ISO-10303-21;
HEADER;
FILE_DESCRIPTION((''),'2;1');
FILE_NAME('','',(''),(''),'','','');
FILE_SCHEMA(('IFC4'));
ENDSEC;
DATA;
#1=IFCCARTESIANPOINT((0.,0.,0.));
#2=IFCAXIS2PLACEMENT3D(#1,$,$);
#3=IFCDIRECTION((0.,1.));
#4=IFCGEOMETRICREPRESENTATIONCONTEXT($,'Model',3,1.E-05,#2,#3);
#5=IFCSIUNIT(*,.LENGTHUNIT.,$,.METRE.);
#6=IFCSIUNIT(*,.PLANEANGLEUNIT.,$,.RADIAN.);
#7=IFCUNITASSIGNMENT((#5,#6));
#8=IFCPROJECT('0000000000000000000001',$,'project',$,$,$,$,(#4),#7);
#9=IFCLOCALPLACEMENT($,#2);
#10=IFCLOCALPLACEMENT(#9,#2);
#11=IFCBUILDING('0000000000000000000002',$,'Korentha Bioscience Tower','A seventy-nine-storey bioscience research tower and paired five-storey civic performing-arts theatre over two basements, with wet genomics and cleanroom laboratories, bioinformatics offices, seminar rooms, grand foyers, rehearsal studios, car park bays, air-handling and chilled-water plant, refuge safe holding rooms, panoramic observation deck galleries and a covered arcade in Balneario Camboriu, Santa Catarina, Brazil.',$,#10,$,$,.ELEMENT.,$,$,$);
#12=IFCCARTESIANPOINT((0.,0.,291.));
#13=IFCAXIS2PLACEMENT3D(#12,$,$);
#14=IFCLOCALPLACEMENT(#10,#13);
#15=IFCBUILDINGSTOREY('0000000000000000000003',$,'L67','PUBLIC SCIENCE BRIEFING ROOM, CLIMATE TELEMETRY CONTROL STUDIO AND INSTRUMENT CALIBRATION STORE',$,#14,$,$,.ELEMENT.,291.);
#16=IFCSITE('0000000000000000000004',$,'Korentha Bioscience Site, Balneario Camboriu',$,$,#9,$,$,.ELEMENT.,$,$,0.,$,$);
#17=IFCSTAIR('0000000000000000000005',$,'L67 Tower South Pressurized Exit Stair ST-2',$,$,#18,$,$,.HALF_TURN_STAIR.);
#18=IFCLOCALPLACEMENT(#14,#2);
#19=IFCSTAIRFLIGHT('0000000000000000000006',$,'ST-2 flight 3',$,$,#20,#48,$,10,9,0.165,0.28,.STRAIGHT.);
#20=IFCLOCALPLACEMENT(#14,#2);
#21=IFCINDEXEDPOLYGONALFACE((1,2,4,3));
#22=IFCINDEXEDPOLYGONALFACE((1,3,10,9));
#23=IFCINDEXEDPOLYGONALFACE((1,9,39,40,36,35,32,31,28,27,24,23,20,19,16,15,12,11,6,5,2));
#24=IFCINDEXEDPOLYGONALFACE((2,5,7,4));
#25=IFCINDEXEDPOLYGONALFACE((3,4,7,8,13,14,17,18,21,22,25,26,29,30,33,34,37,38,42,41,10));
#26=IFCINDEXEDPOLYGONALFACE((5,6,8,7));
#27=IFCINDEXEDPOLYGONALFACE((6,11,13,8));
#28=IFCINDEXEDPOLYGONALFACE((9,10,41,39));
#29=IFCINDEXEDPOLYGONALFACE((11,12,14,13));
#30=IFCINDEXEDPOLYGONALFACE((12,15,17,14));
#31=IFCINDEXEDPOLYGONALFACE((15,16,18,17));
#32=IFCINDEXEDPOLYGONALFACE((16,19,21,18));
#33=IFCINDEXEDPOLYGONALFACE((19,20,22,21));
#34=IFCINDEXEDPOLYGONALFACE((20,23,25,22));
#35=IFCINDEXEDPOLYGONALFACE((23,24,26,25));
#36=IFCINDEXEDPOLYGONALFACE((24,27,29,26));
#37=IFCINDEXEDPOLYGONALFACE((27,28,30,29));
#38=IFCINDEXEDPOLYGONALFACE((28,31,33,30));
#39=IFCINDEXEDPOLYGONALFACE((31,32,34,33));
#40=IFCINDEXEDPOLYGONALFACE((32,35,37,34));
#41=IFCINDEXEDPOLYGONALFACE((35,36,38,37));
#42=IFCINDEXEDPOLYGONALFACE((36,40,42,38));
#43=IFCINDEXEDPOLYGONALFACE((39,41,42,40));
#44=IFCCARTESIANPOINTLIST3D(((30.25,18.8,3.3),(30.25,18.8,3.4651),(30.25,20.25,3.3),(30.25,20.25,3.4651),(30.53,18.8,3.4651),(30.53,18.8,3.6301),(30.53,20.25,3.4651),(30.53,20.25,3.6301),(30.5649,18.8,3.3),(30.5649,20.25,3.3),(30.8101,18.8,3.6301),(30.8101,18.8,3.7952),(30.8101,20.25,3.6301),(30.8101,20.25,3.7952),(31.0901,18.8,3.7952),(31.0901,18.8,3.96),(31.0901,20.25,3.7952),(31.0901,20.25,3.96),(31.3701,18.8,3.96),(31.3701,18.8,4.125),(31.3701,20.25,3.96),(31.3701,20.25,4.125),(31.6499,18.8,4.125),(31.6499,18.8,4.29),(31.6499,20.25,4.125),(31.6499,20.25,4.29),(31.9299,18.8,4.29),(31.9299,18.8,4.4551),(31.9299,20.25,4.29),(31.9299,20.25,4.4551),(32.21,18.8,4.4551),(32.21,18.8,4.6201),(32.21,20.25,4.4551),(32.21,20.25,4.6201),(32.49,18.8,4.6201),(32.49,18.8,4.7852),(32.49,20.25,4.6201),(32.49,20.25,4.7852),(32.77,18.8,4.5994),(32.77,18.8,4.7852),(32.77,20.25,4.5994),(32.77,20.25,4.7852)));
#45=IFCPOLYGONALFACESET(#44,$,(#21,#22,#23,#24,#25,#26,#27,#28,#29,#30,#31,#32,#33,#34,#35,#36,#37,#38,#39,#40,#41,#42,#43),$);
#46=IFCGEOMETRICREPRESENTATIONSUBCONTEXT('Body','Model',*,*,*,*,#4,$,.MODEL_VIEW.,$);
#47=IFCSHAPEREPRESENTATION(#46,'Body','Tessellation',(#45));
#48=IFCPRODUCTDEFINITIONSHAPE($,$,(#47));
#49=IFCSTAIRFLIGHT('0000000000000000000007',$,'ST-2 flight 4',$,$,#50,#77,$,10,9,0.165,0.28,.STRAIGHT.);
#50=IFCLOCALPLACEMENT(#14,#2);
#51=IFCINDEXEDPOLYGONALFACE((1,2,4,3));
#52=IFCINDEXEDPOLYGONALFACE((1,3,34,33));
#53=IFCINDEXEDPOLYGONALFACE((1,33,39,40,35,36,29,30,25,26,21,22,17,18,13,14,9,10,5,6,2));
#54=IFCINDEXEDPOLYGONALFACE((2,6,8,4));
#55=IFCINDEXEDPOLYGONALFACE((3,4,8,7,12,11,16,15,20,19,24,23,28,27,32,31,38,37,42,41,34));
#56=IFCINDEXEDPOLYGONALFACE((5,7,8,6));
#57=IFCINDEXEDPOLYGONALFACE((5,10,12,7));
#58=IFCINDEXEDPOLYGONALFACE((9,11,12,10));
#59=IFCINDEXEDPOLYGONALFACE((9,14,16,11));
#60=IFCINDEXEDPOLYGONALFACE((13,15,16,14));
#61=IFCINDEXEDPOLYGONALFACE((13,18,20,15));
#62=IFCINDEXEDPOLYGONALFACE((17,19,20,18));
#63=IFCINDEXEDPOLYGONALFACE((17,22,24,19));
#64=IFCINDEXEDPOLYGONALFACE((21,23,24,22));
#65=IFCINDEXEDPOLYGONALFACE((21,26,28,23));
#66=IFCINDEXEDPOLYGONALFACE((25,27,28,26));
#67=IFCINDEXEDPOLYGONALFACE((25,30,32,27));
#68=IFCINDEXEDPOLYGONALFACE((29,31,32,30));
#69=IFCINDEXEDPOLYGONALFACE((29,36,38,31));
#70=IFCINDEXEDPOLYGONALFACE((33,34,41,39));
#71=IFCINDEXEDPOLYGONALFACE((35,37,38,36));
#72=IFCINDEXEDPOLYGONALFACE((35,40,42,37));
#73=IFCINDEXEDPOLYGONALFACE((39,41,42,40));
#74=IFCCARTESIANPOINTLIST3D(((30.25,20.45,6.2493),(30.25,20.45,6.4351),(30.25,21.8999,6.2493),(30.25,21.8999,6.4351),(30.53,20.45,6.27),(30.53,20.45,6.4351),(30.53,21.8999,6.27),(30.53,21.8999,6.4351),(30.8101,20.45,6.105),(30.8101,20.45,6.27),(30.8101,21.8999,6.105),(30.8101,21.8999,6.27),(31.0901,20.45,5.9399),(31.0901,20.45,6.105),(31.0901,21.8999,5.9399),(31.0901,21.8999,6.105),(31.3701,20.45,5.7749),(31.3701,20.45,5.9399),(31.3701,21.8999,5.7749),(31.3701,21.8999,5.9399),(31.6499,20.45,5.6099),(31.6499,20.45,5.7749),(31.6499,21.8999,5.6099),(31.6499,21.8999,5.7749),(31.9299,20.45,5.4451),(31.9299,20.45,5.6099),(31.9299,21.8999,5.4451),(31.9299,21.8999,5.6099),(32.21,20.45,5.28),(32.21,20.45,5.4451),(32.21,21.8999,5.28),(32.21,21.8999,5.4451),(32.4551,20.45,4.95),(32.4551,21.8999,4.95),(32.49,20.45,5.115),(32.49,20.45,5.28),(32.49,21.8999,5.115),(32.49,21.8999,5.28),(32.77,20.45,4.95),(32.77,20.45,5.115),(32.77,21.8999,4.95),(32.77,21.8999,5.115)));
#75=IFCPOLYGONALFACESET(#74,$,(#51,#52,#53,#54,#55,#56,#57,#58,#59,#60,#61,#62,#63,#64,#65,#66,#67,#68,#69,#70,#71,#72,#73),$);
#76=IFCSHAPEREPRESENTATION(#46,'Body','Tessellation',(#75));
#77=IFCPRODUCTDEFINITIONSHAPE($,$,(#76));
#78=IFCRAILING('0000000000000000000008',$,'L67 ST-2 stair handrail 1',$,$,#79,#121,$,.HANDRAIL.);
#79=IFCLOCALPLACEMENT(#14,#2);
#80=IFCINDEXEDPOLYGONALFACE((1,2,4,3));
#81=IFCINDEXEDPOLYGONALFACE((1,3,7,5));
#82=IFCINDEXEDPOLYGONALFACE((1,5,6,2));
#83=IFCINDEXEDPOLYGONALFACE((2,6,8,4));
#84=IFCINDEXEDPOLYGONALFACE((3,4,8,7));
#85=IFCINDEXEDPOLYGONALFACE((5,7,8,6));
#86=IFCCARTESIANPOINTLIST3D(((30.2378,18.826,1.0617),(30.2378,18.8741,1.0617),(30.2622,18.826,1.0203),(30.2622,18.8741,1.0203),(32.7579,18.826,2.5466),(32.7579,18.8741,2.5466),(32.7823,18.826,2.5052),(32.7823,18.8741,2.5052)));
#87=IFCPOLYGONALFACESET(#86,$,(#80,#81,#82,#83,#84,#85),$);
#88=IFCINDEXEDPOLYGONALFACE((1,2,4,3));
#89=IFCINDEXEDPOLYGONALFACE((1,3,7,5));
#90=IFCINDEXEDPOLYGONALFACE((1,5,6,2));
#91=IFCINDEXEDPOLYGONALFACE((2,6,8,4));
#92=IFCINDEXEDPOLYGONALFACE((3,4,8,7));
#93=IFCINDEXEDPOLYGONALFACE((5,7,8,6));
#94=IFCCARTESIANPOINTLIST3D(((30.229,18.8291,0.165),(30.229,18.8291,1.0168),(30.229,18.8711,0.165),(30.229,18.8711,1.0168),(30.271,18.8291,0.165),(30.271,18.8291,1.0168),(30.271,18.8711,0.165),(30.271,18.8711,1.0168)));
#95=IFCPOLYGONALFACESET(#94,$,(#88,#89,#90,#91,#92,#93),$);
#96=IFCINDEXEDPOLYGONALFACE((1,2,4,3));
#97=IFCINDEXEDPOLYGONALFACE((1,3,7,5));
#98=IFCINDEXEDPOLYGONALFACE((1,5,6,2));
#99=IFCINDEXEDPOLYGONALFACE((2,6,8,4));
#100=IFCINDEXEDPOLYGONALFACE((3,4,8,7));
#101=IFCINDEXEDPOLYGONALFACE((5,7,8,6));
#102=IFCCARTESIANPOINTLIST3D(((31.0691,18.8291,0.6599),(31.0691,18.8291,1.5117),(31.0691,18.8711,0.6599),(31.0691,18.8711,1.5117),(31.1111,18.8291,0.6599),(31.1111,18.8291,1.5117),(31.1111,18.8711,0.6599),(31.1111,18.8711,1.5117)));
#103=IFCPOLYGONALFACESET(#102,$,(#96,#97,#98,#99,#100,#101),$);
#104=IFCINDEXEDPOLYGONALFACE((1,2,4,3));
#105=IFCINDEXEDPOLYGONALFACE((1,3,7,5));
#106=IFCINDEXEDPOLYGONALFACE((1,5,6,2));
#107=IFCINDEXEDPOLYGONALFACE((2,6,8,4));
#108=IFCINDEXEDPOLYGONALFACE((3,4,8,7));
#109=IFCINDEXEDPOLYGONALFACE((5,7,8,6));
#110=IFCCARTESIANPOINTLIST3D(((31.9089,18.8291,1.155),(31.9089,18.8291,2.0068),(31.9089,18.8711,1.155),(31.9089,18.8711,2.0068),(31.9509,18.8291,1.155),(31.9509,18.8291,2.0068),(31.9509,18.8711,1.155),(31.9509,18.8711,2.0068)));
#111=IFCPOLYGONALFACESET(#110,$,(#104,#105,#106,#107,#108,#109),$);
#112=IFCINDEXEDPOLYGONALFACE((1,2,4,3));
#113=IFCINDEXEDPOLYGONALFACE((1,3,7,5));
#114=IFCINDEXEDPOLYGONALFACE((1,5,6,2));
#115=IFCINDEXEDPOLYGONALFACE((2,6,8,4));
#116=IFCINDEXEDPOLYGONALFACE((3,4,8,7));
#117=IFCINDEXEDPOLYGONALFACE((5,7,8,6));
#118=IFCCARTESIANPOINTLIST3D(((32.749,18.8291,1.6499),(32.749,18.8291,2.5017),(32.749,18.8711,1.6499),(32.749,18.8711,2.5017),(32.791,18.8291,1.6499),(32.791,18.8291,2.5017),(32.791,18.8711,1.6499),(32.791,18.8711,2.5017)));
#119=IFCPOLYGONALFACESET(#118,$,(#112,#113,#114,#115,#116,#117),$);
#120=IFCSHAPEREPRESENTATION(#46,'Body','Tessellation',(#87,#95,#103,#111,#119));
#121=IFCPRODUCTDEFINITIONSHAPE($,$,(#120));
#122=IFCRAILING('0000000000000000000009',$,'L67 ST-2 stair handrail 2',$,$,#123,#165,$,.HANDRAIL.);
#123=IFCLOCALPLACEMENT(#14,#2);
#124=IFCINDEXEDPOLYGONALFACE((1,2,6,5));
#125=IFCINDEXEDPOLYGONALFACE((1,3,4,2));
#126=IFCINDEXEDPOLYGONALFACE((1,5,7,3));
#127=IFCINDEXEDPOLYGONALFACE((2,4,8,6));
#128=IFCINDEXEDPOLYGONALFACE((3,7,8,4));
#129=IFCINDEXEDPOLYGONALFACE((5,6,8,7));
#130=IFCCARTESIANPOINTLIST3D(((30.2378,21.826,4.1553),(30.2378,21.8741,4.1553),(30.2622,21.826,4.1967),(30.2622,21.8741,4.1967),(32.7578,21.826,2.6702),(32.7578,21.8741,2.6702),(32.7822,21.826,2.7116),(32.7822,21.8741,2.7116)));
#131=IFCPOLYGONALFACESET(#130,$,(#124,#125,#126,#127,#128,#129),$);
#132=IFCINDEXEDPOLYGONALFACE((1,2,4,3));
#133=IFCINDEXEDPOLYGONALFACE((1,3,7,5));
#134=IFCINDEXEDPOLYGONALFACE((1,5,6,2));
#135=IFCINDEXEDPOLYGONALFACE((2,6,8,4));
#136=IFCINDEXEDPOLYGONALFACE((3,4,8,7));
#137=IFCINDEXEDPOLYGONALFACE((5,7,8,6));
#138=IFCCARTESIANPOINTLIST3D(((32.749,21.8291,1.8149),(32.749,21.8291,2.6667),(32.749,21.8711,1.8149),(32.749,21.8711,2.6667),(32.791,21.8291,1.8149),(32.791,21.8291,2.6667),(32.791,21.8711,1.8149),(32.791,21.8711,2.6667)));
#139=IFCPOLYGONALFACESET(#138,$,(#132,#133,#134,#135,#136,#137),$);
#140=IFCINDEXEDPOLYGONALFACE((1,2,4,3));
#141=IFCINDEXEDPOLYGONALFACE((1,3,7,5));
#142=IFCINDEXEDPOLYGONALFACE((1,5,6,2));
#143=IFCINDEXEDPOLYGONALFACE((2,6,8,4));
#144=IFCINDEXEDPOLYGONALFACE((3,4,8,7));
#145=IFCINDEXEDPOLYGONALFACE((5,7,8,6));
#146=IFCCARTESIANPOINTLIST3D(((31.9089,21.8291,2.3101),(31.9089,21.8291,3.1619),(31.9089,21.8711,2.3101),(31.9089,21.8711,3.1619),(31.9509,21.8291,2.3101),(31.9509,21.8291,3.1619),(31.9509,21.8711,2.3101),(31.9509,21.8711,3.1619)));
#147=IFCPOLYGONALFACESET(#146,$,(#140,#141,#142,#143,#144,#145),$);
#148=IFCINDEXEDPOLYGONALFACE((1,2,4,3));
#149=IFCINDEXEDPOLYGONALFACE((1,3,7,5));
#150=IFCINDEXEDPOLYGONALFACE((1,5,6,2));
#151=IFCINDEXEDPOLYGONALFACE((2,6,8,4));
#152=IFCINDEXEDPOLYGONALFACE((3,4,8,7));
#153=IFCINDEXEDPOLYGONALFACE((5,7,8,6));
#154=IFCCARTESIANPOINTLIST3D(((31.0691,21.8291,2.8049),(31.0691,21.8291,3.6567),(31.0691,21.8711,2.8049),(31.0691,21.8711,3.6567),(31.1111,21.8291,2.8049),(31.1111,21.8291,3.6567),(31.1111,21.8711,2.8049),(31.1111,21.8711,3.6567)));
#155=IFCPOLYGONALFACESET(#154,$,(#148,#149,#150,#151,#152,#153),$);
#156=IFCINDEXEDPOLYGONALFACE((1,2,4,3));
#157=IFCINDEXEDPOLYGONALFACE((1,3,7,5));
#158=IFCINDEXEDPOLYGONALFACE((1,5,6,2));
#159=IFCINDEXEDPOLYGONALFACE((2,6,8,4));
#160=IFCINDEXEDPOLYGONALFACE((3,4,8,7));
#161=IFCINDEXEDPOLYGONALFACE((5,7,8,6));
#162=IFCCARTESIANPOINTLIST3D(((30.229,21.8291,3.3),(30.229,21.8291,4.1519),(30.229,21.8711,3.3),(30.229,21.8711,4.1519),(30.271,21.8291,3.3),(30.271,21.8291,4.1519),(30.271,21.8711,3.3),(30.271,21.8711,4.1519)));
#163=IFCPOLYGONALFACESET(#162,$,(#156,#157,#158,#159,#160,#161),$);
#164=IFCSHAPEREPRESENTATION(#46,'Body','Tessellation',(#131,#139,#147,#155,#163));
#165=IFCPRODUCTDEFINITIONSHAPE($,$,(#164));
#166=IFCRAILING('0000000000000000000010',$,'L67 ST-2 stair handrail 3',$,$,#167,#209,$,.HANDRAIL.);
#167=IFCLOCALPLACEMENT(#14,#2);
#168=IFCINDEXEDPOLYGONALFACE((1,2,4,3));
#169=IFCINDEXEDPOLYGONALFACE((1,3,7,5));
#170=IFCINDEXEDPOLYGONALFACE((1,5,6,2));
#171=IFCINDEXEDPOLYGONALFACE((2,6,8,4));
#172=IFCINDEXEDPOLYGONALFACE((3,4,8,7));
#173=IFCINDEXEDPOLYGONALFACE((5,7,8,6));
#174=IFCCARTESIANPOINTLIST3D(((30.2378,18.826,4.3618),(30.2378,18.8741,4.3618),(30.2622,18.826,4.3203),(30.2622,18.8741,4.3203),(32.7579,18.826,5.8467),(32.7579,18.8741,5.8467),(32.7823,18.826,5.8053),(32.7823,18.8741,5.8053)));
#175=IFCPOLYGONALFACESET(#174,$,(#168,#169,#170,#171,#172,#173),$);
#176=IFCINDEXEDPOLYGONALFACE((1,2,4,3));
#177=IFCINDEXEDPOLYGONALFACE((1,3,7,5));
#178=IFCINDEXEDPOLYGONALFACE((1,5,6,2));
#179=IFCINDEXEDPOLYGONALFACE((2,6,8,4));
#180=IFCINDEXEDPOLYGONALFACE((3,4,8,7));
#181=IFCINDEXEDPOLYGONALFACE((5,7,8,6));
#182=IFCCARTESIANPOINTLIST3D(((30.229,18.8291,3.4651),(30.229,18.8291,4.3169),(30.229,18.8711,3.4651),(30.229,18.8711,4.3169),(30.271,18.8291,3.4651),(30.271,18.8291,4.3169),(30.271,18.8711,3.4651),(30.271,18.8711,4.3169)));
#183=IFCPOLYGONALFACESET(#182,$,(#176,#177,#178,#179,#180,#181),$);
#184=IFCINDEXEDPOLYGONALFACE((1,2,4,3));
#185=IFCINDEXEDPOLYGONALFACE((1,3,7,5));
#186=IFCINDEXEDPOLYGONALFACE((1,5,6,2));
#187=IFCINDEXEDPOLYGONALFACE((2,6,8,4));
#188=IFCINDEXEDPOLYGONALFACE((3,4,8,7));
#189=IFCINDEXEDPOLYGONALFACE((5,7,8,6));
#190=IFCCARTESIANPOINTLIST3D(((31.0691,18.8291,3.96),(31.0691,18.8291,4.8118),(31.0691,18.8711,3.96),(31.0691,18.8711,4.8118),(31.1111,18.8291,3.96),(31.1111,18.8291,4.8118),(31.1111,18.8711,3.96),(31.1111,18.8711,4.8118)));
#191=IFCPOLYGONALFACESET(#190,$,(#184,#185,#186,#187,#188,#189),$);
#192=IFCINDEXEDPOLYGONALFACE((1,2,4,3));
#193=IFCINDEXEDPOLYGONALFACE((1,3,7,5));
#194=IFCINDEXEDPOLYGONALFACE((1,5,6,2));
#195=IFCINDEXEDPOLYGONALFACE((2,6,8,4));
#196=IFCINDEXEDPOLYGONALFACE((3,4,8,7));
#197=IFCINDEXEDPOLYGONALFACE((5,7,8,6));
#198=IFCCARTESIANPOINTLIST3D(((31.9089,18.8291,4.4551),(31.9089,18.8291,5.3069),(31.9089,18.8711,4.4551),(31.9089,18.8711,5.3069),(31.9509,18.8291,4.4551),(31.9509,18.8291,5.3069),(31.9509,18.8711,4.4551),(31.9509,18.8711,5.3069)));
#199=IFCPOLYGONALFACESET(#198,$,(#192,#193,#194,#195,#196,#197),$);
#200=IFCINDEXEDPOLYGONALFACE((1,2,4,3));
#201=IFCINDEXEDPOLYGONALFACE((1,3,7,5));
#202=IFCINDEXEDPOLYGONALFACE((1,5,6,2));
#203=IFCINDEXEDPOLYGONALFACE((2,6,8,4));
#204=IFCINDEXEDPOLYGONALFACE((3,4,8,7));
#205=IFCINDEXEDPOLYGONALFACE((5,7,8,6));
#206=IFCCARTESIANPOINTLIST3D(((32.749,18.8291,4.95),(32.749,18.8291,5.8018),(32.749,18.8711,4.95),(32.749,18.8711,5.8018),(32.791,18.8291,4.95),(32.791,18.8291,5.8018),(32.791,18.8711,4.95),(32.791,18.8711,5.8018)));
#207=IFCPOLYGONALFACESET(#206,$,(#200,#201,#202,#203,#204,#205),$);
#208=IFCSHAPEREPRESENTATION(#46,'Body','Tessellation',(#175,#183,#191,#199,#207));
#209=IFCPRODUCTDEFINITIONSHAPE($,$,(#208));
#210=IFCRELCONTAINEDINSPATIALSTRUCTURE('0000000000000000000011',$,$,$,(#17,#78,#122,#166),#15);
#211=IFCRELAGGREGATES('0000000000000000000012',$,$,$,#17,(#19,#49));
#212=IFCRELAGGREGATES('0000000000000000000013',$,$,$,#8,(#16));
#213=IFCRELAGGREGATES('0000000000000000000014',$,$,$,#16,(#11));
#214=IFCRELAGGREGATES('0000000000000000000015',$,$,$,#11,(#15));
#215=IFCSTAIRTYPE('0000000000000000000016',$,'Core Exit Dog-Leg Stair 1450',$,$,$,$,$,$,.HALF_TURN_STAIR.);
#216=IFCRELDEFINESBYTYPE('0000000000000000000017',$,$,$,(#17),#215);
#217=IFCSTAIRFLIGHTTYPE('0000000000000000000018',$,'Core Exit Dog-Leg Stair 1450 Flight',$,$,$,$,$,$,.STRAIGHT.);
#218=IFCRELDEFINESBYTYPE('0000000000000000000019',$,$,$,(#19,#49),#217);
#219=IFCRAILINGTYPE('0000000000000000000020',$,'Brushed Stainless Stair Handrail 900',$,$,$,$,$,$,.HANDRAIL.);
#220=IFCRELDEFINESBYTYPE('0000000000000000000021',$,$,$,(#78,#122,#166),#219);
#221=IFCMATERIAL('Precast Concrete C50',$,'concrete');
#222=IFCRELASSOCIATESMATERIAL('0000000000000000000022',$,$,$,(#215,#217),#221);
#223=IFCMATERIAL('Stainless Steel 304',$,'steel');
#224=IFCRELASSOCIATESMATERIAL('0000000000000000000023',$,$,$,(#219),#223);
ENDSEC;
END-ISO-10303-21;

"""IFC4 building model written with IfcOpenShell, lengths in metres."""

from ifc_helpers import new_model, si_unit, direction, frame, origin, origin_2d, place, context, subcontext, project, spatial, polyline, rectangle, outline, extrude, material, type_object, element, aggregate, save


model = new_model("IFC4")

# Units and contexts
model_context = context("Model", 3, precision=1e-05, world=origin(), true_north=direction((0.0, 1.0)))
body_context = subcontext(model_context, "Body", "Model", "MODEL_VIEW")
ifc_project = project(units=[si_unit("LENGTHUNIT", "METRE"), si_unit("PLANEANGLEUNIT", "RADIAN")], contexts=[model_context])

# Site, building, storey
site_placement = place(None, origin())
site = spatial("IfcSite", under=ifc_project, at=site_placement, Name="Korentha Bioscience Site, Balneario Camboriu", CompositionType="ELEMENT", RefElevation=0.0)
building_placement = place(site_placement, origin())
building = spatial("IfcBuilding", under=site, at=building_placement, Name="Korentha Bioscience Tower", Description="A seventy-nine-storey bioscience research tower and paired five-storey civic performing-arts theatre over two basements, with wet genomics and cleanroom laboratories, bioinformatics offices, seminar rooms, grand foyers, rehearsal studios, car park bays, air-handling and chilled-water plant, refuge safe holding rooms, panoramic observation deck galleries and a covered arcade in Balneario Camboriu, Santa Catarina, Brazil.", CompositionType="ELEMENT")
storey_placement = place(building_placement, frame((0.0, 0.0, 291.0)))
storey = spatial("IfcBuildingStorey", under=building, at=storey_placement, Name="L67", Description="PUBLIC SCIENCE BRIEFING ROOM, CLIMATE TELEMETRY CONTROL STUDIO AND INSTRUMENT CALIBRATION STORE", CompositionType="ELEMENT", Elevation=291.0)

# Stair, stair flights
ifc_material_1 = material(Name="Precast Concrete C50", Category="concrete")
stair_type = type_object("IfcStairType", Name="Core Exit Dog-Leg Stair 1450", PredefinedType="HALF_TURN_STAIR", material=ifc_material_1)
stair_placement = place(storey_placement, origin())
stair = element("IfcStair", 1, at=stair_placement, inside=storey, type_object=stair_type, Name="L67 Tower South Pressurized Exit Stair ST-2", PredefinedType="HALF_TURN_STAIR")
stair_flight_type = type_object("IfcStairFlightType", Name="Core Exit Dog-Leg Stair 1450 Flight", PredefinedType="STRAIGHT", material=ifc_material_1)
stair_flight_1_placement = place(storey_placement, frame((30.25, 19.5249, 3.3), z_axis=(0.0, 0.0, 1.0), x_axis=(1.0, 0.0, 0.0)))
stair_flight_1 = element("IfcStairFlight", 2, at=stair_flight_1_placement, type_object=stair_flight_type, Name="ST-2 flight 3", NumberOfRisers=10, NumberOfTreads=9, PredefinedType="STRAIGHT", RiserHeight=0.165, TreadLength=0.28, context=body_context, shape_type="SweptSolid", body=[
    extrude(outline(polyline([(0.0, 0.0), (0.0, 0.165), (0.28, 0.165), (0.28, 0.3301), (0.5601, 0.3301), (0.5601, 0.4951), (0.8401, 0.4951), (0.8401, 0.6599), (1.1201, 0.6599), (1.1201, 0.825), (1.3999, 0.825), (1.3999, 0.99), (1.6799, 0.99), (1.6799, 1.155), (1.96, 1.155), (1.96, 1.3201), (2.24, 1.3201), (2.24, 1.4851), (2.52, 1.4851), (2.52, 1.6499), (2.52, 1.2993), (0.3149, 0.0), (0.0, 0.0)])), frame((0.0, 0.7251, 0.0), z_axis=(0.0, -1.0, 0.0), x_axis=(1.0, 0.0, 0.0)), (0.0, 0.0, 1.0), 1.45),
])
stair_flight_2_placement = place(storey_placement, frame((32.77, 21.175, 4.95), z_axis=(0.0, 0.0, 1.0), x_axis=(-1.0, 0.0, 0.0)))
stair_flight_2 = element("IfcStairFlight", 3, at=stair_flight_2_placement, type_object=stair_flight_type, Name="ST-2 flight 4", NumberOfRisers=10, NumberOfTreads=9, PredefinedType="STRAIGHT", RiserHeight=0.165, TreadLength=0.28, context=body_context, shape_type="SweptSolid", body=[
    extrude(outline(polyline([(0.0, 0.0), (0.0, 0.165), (0.28, 0.165), (0.28, 0.3301), (0.5601, 0.3301), (0.5601, 0.4951), (0.8401, 0.4951), (0.8401, 0.6599), (1.1201, 0.6599), (1.1201, 0.825), (1.3999, 0.825), (1.3999, 0.99), (1.6799, 0.99), (1.6799, 1.155), (1.96, 1.155), (1.96, 1.3201), (2.24, 1.3201), (2.24, 1.4851), (2.52, 1.4851), (2.52, 1.6499), (2.52, 1.2993), (0.3149, 0.0), (0.0, 0.0)])), frame((0.0, 0.7251, 0.0), z_axis=(0.0, -1.0, 0.0), x_axis=(1.0, 0.0, 0.0)), (0.0, 0.0, 1.0), 1.45),
])
aggregate(stair, [stair_flight_1, stair_flight_2])

# Railings
ifc_material_2 = material(Name="Stainless Steel 304", Category="steel")
railing_type_1 = type_object("IfcRailingType", Name="Brushed Stainless Stair Handrail 900", PredefinedType="HANDRAIL", material=ifc_material_2)
railing_1_placement = place(storey_placement, frame((30.25, 18.8501, 0.165)))
element("IfcRailing", 4, at=railing_1_placement, inside=storey, type_object=railing_type_1, Name="L67 ST-2 stair handrail 1", PredefinedType="HANDRAIL", context=body_context, shape_type="SweptSolid", body=[
    extrude(rectangle(XDim=0.0481, YDim=0.0481, at=origin_2d()), frame((0.0, 0.0, 0.876), z_axis=(0.861561, 0.0, 0.507655), x_axis=(0.0, 1.0, 0.0)), (0.0, 0.0, 1.0), 2.925),
    extrude(rectangle(XDim=0.042, YDim=0.042, at=origin_2d()), origin(), (0.0, 0.0, 1.0), 0.8518),
    extrude(rectangle(XDim=0.042, YDim=0.042, at=origin_2d()), frame((0.8401, 0.0, 0.4949)), (0.0, 0.0, 1.0), 0.8518),
    extrude(rectangle(XDim=0.042, YDim=0.042, at=origin_2d()), frame((1.6799, 0.0, 0.99)), (0.0, 0.0, 1.0), 0.8518),
    extrude(rectangle(XDim=0.042, YDim=0.042, at=origin_2d()), frame((2.52, 0.0, 1.4849)), (0.0, 0.0, 1.0), 0.8518),
])
railing_2_placement = place(storey_placement, frame((32.77, 21.8501, 1.8149)))
element("IfcRailing", 5, at=railing_2_placement, inside=storey, type_object=railing_type_1, Name="L67 ST-2 stair handrail 2", PredefinedType="HANDRAIL", context=body_context, shape_type="SweptSolid", body=[
    extrude(rectangle(XDim=0.0481, YDim=0.0481, at=origin_2d()), frame((0.0, 0.0, 0.876), z_axis=(-0.861524, 0.0, 0.507717), x_axis=(0.0, -1.0, 0.0)), (0.0, 0.0, 1.0), 2.925),
    extrude(rectangle(XDim=0.042, YDim=0.042, at=origin_2d()), origin(), (0.0, 0.0, 1.0), 0.8518),
    extrude(rectangle(XDim=0.042, YDim=0.042, at=origin_2d()), frame((-0.8401, 0.0, 0.4951)), (0.0, 0.0, 1.0), 0.8518),
    extrude(rectangle(XDim=0.042, YDim=0.042, at=origin_2d()), frame((-1.6799, 0.0, 0.99)), (0.0, 0.0, 1.0), 0.8518),
    extrude(rectangle(XDim=0.042, YDim=0.042, at=origin_2d()), frame((-2.52, 0.0, 1.4851)), (0.0, 0.0, 1.0), 0.8518),
])
railing_3_placement = place(storey_placement, frame((30.25, 18.8501, 3.4651)))
element("IfcRailing", 6, at=railing_3_placement, inside=storey, type_object=railing_type_1, Name="L67 ST-2 stair handrail 3", PredefinedType="HANDRAIL", context=body_context, shape_type="SweptSolid", body=[
    extrude(rectangle(XDim=0.0481, YDim=0.0481, at=origin_2d()), frame((0.0, 0.0, 0.876), z_axis=(0.861561, 0.0, 0.507655), x_axis=(0.0, 1.0, 0.0)), (0.0, 0.0, 1.0), 2.925),
    extrude(rectangle(XDim=0.042, YDim=0.042, at=origin_2d()), origin(), (0.0, 0.0, 1.0), 0.8518),
    extrude(rectangle(XDim=0.042, YDim=0.042, at=origin_2d()), frame((0.8401, 0.0, 0.4949)), (0.0, 0.0, 1.0), 0.8518),
    extrude(rectangle(XDim=0.042, YDim=0.042, at=origin_2d()), frame((1.6799, 0.0, 0.99)), (0.0, 0.0, 1.0), 0.8518),
    extrude(rectangle(XDim=0.042, YDim=0.042, at=origin_2d()), frame((2.52, 0.0, 1.4849)), (0.0, 0.0, 1.0), 0.8518),
])

save(model, "model.ifc")
